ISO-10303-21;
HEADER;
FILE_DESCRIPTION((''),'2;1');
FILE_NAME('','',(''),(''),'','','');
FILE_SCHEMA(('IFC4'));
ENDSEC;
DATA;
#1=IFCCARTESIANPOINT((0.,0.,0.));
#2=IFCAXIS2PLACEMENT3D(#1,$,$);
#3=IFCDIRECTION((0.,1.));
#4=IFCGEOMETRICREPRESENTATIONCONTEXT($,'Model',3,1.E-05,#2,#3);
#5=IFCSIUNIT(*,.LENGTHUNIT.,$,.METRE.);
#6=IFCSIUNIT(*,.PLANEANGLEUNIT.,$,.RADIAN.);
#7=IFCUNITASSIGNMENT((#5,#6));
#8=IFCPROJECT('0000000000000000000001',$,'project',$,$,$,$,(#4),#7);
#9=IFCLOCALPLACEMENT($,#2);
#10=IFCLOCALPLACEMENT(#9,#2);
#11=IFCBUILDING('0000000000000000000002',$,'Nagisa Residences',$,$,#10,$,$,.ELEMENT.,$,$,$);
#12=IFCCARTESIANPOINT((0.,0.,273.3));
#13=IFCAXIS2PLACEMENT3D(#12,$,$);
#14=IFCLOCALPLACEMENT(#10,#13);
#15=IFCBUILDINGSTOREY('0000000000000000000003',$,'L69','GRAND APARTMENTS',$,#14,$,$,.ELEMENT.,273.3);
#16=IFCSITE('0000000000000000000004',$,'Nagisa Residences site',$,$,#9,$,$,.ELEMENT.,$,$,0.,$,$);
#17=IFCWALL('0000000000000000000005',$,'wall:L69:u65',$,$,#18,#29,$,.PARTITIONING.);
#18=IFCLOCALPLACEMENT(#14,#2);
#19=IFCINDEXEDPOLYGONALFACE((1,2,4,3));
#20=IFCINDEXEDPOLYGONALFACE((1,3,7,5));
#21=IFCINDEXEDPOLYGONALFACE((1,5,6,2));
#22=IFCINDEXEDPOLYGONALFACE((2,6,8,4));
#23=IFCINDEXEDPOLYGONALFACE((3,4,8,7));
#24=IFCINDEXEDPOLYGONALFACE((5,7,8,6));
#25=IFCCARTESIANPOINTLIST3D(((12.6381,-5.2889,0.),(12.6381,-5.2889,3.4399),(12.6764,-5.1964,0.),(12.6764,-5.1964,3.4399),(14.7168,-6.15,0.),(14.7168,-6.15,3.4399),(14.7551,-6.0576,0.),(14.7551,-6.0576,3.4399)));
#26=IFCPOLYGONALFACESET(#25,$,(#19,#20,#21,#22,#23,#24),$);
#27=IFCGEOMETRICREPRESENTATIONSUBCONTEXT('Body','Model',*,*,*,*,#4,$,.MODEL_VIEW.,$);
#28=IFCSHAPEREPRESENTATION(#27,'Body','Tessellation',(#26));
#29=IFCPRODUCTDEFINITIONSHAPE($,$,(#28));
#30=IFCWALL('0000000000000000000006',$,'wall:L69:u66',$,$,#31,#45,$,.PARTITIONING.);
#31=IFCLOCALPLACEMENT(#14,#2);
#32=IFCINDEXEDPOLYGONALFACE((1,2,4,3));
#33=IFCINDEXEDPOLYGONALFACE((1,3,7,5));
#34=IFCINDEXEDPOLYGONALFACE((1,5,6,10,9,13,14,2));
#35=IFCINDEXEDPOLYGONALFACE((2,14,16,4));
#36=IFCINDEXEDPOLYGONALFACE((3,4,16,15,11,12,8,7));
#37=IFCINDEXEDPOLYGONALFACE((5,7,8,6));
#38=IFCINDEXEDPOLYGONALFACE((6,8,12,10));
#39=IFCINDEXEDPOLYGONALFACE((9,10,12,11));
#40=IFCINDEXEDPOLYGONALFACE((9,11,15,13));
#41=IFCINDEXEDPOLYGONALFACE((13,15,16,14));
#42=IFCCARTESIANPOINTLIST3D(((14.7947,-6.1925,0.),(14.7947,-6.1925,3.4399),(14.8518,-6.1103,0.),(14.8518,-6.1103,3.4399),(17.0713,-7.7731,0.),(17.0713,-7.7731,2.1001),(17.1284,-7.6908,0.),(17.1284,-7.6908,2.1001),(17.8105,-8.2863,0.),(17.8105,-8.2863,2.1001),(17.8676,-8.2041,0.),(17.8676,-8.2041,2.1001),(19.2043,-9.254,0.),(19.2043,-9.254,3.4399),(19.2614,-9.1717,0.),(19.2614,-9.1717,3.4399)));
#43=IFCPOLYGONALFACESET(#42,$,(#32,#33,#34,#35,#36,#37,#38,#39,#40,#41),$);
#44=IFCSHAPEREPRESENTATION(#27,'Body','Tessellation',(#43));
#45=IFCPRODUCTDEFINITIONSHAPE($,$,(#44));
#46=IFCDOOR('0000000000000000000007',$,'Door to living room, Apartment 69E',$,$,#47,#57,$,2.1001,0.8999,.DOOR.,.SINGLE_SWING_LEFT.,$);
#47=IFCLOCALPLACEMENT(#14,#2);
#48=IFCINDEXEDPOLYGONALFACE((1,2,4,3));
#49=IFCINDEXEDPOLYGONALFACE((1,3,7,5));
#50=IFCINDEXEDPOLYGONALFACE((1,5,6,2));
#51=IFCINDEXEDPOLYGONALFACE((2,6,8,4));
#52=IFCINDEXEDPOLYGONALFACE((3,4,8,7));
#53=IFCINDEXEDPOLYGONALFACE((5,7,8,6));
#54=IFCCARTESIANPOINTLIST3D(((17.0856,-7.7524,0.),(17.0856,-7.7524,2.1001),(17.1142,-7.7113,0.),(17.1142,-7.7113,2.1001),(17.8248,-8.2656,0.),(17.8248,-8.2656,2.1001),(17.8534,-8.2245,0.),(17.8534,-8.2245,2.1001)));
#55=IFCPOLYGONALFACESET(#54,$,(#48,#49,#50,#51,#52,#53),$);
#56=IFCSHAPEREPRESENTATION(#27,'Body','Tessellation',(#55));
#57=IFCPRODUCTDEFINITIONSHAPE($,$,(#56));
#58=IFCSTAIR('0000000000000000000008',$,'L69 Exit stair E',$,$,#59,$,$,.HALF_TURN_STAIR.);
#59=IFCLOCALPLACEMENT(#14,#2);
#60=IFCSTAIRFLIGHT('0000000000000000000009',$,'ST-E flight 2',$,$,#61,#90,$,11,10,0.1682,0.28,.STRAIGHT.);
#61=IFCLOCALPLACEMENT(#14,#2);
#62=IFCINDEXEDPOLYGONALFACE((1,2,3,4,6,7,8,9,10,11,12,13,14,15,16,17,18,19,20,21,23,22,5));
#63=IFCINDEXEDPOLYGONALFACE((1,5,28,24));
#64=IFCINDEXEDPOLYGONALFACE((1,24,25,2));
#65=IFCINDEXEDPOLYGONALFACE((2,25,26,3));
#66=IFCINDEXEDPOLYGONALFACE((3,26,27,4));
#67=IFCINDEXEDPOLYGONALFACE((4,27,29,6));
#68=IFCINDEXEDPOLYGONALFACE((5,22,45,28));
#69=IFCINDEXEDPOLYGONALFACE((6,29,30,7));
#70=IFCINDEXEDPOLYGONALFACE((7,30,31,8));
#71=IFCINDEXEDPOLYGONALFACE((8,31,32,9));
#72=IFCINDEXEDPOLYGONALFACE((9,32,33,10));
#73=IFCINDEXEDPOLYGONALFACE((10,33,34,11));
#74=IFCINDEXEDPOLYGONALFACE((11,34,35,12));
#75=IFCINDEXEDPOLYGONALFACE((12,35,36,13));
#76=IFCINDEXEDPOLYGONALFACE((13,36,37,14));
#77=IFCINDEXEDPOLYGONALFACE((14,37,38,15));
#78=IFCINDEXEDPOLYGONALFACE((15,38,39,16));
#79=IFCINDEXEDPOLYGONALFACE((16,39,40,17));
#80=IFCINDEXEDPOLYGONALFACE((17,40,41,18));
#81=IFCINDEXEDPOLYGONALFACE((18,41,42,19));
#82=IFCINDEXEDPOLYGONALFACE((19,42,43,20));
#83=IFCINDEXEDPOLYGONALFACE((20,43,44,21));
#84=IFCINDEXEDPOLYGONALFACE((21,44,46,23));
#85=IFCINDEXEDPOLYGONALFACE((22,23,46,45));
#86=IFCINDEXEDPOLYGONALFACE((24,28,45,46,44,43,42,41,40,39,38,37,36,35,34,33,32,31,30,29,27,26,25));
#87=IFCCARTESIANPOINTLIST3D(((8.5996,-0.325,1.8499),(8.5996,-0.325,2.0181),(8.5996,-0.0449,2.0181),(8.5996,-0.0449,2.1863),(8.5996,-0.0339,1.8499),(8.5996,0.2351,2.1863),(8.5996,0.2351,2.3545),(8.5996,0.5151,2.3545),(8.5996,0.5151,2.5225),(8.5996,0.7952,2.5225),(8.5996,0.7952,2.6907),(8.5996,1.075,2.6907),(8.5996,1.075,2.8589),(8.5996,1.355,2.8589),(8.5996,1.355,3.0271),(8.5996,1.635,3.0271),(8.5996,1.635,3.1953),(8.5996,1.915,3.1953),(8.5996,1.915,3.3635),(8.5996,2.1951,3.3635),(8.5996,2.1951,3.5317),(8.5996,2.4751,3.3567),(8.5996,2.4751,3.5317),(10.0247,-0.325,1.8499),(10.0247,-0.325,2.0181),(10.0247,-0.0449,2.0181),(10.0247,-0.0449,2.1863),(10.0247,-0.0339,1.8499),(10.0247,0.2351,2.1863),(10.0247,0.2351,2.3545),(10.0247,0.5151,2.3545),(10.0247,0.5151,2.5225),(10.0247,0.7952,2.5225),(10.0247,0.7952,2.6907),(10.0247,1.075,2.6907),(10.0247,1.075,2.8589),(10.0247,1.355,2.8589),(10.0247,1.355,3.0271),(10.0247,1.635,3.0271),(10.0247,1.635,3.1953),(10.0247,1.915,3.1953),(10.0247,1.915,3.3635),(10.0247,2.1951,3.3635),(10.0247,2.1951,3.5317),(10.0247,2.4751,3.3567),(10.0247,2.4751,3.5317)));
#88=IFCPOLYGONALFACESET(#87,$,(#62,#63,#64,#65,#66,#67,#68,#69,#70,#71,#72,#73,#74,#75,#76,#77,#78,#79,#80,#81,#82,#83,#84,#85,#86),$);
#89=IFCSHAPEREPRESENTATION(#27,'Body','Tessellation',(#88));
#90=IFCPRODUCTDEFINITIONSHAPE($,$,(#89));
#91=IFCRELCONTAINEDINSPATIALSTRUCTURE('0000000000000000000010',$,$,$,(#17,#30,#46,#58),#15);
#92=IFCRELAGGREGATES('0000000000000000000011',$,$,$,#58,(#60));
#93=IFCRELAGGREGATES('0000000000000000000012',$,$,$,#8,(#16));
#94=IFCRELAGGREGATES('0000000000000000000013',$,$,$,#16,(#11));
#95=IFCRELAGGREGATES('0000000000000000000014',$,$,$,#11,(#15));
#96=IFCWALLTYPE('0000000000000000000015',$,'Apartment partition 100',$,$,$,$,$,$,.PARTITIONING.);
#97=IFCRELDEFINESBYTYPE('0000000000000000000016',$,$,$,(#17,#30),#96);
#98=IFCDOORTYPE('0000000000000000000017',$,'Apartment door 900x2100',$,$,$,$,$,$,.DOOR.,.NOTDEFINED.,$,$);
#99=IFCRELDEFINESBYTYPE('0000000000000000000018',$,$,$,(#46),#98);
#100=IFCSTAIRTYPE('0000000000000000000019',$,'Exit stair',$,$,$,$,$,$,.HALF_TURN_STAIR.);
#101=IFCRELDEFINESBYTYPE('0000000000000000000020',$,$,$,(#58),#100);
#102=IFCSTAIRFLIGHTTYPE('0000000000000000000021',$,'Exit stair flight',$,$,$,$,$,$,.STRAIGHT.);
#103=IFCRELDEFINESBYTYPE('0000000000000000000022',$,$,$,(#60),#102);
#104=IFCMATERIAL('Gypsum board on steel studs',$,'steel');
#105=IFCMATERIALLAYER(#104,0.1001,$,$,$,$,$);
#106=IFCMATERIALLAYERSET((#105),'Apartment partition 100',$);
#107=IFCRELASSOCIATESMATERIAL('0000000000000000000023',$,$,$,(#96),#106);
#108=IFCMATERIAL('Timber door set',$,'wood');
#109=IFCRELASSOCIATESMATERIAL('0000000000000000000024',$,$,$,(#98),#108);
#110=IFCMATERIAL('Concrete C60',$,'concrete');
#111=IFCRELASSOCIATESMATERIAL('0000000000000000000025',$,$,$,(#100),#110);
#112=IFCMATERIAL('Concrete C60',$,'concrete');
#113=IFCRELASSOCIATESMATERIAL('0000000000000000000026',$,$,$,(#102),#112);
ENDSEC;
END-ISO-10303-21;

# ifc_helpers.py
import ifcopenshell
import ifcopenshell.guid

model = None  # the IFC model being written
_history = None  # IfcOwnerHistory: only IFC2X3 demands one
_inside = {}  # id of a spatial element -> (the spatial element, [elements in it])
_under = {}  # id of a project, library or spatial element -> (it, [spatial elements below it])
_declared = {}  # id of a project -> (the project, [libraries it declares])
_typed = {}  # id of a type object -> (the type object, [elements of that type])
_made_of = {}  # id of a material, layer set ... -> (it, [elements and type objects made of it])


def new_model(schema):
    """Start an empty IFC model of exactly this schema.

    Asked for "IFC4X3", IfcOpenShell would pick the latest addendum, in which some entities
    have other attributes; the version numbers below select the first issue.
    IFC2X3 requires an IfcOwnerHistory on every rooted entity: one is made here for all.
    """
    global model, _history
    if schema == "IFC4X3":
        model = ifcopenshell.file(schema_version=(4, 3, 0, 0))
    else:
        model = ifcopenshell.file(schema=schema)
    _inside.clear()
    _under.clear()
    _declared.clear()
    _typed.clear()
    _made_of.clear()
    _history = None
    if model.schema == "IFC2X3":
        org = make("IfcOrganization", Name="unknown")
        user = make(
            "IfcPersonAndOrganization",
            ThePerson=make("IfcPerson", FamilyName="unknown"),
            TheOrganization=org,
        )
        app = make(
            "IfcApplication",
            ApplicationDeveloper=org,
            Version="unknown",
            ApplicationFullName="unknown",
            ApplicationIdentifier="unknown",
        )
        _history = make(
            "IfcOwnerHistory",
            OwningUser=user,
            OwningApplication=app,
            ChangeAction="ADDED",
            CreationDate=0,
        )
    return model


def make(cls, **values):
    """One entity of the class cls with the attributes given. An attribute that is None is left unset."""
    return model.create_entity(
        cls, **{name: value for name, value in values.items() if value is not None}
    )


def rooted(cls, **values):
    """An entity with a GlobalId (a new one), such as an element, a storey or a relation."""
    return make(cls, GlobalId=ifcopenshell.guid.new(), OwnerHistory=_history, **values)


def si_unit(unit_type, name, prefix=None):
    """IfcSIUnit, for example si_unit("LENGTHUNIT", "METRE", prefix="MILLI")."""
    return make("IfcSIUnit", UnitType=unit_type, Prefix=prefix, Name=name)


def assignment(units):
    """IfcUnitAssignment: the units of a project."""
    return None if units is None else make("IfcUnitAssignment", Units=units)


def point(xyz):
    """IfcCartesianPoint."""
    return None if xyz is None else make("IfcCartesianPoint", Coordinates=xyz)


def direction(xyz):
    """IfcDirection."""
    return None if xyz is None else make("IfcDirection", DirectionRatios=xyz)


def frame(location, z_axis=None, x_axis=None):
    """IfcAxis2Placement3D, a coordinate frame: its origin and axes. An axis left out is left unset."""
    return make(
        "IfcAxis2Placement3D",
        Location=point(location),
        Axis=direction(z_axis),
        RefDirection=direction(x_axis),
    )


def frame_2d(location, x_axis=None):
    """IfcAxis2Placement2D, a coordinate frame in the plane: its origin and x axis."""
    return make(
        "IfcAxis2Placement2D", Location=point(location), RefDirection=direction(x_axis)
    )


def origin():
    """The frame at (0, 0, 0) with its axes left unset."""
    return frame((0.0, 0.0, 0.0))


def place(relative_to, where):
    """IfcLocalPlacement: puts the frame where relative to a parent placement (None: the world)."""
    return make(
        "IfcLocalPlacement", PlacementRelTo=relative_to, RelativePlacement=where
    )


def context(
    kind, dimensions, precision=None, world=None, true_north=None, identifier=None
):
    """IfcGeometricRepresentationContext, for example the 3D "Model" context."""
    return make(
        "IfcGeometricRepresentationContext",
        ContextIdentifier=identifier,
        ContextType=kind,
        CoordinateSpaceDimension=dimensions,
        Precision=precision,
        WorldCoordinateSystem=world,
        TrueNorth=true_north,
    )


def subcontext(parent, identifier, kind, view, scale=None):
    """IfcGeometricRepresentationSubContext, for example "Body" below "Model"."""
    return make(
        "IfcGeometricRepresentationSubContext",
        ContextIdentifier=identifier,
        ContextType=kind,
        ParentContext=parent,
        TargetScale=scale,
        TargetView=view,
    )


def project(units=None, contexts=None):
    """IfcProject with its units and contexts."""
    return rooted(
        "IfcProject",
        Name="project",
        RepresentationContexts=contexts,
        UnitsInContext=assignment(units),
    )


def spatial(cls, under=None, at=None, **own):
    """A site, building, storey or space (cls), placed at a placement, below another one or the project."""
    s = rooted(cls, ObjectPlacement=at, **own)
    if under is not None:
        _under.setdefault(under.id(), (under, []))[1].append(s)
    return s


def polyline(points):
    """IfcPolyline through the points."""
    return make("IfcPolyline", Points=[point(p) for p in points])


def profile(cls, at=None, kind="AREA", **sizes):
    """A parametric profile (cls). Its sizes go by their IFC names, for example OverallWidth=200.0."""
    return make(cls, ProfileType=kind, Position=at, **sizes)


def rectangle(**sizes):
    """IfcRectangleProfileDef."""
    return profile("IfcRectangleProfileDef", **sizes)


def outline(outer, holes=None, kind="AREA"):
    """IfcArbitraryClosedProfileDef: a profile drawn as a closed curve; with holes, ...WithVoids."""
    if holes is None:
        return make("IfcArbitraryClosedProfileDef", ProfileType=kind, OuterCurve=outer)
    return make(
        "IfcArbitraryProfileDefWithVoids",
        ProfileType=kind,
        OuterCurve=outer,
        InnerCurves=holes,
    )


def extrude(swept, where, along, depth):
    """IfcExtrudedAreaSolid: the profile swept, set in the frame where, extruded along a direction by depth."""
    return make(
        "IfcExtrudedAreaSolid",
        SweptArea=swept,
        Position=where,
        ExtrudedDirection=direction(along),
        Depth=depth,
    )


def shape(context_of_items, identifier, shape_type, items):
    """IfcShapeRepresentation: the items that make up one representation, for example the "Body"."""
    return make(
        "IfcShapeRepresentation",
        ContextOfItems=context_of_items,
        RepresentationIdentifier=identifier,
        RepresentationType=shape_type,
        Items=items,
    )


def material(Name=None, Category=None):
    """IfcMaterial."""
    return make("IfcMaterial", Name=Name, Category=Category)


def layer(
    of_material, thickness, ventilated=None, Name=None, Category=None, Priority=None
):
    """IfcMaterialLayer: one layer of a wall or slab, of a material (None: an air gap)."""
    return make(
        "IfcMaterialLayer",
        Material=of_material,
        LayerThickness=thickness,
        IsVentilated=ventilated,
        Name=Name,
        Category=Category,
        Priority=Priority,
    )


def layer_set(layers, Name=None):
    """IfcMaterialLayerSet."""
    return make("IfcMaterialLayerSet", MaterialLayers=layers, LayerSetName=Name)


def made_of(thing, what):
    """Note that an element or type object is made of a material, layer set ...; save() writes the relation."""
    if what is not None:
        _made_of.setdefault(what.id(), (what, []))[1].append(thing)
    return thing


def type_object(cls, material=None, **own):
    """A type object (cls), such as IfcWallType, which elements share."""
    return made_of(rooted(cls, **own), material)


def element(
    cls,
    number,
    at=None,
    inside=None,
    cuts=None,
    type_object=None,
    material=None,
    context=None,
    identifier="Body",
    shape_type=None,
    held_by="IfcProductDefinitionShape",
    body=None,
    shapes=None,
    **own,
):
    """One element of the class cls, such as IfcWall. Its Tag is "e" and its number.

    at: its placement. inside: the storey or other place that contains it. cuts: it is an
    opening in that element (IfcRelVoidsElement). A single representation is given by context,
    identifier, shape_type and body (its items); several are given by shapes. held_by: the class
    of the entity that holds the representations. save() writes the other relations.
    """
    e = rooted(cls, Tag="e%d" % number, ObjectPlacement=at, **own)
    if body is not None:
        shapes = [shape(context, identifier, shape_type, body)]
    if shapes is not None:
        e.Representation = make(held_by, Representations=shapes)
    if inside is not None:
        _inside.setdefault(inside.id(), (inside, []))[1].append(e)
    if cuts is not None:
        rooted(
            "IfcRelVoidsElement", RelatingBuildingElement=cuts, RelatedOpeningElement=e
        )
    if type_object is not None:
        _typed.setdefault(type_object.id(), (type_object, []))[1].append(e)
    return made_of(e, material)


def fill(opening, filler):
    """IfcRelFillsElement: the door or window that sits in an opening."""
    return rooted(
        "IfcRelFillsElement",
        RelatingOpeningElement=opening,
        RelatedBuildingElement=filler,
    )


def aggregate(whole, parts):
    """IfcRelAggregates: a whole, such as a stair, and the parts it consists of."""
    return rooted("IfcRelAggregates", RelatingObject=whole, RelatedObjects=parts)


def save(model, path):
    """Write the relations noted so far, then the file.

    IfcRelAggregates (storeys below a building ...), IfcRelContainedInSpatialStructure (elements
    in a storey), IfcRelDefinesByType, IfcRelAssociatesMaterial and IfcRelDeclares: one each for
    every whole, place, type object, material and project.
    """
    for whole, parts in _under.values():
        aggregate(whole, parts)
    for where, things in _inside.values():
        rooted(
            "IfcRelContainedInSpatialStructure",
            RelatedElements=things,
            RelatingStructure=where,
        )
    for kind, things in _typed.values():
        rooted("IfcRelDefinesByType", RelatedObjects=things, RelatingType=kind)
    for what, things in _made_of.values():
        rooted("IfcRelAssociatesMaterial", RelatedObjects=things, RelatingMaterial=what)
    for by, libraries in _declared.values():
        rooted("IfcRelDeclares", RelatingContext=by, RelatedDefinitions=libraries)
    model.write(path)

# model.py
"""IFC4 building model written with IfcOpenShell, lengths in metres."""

from ifc_helpers import new_model, si_unit, direction, frame, frame_2d, origin, place, context, subcontext, project, spatial, polyline, rectangle, outline, extrude, material, layer, layer_set, type_object, element, fill, aggregate, save


model = new_model("IFC4")

# Units and contexts
model_context = context("Model", 3, precision=1e-05, world=origin(), true_north=direction((0.0, 1.0)))
body_context = subcontext(model_context, "Body", "Model", "MODEL_VIEW")
ifc_project = project(units=[si_unit("LENGTHUNIT", "METRE"), si_unit("PLANEANGLEUNIT", "RADIAN")], contexts=[model_context])

# Site, building, storey
site_placement = place(None, origin())
site = spatial("IfcSite", under=ifc_project, at=site_placement, Name="Nagisa Residences site", CompositionType="ELEMENT", RefElevation=0.0)
building_placement = place(site_placement, origin())
building = spatial("IfcBuilding", under=site, at=building_placement, Name="Nagisa Residences", CompositionType="ELEMENT")
storey_placement = place(building_placement, frame((0.0, 0.0, 273.3)))
storey = spatial("IfcBuildingStorey", under=building, at=storey_placement, Name="L69", Description="GRAND APARTMENTS", CompositionType="ELEMENT", Elevation=273.3)

# Shared definitions
ifc_material_1 = material(Name="Gypsum board on steel studs", Category="steel")
ifc_layer_1 = layer(ifc_material_1, 0.1001)
ifc_layer_set_1 = layer_set([ifc_layer_1], Name="Apartment partition 100")
wall_type_1 = type_object("IfcWallType", Name="Apartment partition 100", PredefinedType="PARTITIONING", material=ifc_layer_set_1)
ifc_material_2 = material(Name="Timber door set", Category="wood")
door_type_1 = type_object("IfcDoorType", Name="Apartment door 900x2100", OperationType="NOTDEFINED", PredefinedType="DOOR", material=ifc_material_2)

# Wall
wall_1_placement = place(storey_placement, frame((12.6572, -5.2427, 0.0), z_axis=(0.0, 0.0, 1.0), x_axis=(0.923865, -0.382719, 0.0)))
element("IfcWall", 1, at=wall_1_placement, inside=storey, type_object=wall_type_1, Name="wall:L69:u65", PredefinedType="PARTITIONING", context=body_context, shape_type="SweptSolid", body=[
    extrude(rectangle(XDim=2.25, YDim=0.1001, at=frame_2d((1.125, 0.0))), origin(), (0.0, 0.0, 1.0), 3.4399),
])

# Wall, opening, door
wall_2_placement = place(storey_placement, frame((14.8232, -6.1514, 0.0), z_axis=(0.0, 0.0, 1.0), x_axis=(0.821435, -0.570302, 0.0)))
wall_2 = element("IfcWall", 2, at=wall_2_placement, inside=storey, type_object=wall_type_1, Name="wall:L69:u66", PredefinedType="PARTITIONING", context=body_context, shape_type="SweptSolid", body=[
    extrude(rectangle(XDim=5.3682, YDim=0.1001, at=frame_2d((2.6841, 0.0))), origin(), (0.0, 0.0, 1.0), 3.4399),
])
opening_1_placement = place(wall_2_placement, frame((2.7715, 0.0, 0.0)))
opening_1 = element("IfcOpeningElement", 3, at=opening_1_placement, cuts=wall_2, PredefinedType="OPENING", context=body_context, shape_type="SweptSolid", body=[
    extrude(rectangle(XDim=0.8999, YDim=2.1001, at=frame_2d((0.45, 1.05))), frame((0.0, 0.0601, 0.0), z_axis=(0.0, -1.0, 0.0), x_axis=(1.0, 0.0, 0.0)), (0.0, 0.0, 1.0), 0.1201),
])
door_1_placement = place(opening_1_placement, frame((0.8999, 0.0, 0.0), x_axis=(-1.0, 0.0, 0.0)))
door_1 = element("IfcDoor", 4, at=door_1_placement, inside=storey, type_object=door_type_1, Name="Door to living room, Apartment 69E", OperationType="SINGLE_SWING_LEFT", OverallHeight=2.1001, OverallWidth=0.8999, PredefinedType="DOOR", context=body_context, shape_type="SweptSolid", body=[
    extrude(rectangle(XDim=0.8999, YDim=2.1001, at=frame_2d((0.45, 1.05))), frame((0.0, 0.0249, 0.0), z_axis=(0.0, -1.0, 0.0), x_axis=(1.0, 0.0, 0.0)), (0.0, 0.0, 1.0), 0.05),
])
fill(opening_1, door_1)

# Stair, stair flight
ifc_material_3 = material(Name="Concrete C60", Category="concrete")
stair_type = type_object("IfcStairType", Name="Exit stair", PredefinedType="HALF_TURN_STAIR", material=ifc_material_3)
stair_placement = place(storey_placement, origin())
stair = element("IfcStair", 5, at=stair_placement, inside=storey, type_object=stair_type, Name="L69 Exit stair E", PredefinedType="HALF_TURN_STAIR")
ifc_material_4 = material(Name="Concrete C60", Category="concrete")
stair_flight_type = type_object("IfcStairFlightType", Name="Exit stair flight", PredefinedType="STRAIGHT", material=ifc_material_4)
stair_flight_placement = place(storey_placement, frame((9.312, -0.325, 1.8499), z_axis=(0.0, 0.0, 1.0), x_axis=(0.0, 1.0, 0.0)))
stair_flight = element("IfcStairFlight", 6, at=stair_flight_placement, type_object=stair_flight_type, Name="ST-E flight 2", NumberOfRisers=11, NumberOfTreads=10, PredefinedType="STRAIGHT", RiserHeight=0.1682, TreadLength=0.28, context=body_context, shape_type="SweptSolid", body=[
    extrude(outline(polyline([(0.0, 0.0), (0.0, 0.1682), (0.28, 0.1682), (0.28, 0.3364), (0.5601, 0.3364), (0.5601, 0.5046), (0.8401, 0.5046), (0.8401, 0.6726), (1.1201, 0.6726), (1.1201, 0.8408), (1.3999, 0.8408), (1.3999, 1.009), (1.6799, 1.009), (1.6799, 1.1772), (1.96, 1.1772), (1.96, 1.3455), (2.24, 1.3455), (2.24, 1.5137), (2.52, 1.5137), (2.52, 1.6819), (2.8, 1.6819), (2.8, 1.8501), (2.8, 1.5068), (0.291, 0.0), (0.0, 0.0)])), frame((0.0, 0.7124, 0.0), z_axis=(0.0, -1.0, 0.0), x_axis=(1.0, 0.0, 0.0)), (0.0, 0.0, 1.0), 1.425),
])
aggregate(stair, [stair_flight])

save(model, "model.ifc")
